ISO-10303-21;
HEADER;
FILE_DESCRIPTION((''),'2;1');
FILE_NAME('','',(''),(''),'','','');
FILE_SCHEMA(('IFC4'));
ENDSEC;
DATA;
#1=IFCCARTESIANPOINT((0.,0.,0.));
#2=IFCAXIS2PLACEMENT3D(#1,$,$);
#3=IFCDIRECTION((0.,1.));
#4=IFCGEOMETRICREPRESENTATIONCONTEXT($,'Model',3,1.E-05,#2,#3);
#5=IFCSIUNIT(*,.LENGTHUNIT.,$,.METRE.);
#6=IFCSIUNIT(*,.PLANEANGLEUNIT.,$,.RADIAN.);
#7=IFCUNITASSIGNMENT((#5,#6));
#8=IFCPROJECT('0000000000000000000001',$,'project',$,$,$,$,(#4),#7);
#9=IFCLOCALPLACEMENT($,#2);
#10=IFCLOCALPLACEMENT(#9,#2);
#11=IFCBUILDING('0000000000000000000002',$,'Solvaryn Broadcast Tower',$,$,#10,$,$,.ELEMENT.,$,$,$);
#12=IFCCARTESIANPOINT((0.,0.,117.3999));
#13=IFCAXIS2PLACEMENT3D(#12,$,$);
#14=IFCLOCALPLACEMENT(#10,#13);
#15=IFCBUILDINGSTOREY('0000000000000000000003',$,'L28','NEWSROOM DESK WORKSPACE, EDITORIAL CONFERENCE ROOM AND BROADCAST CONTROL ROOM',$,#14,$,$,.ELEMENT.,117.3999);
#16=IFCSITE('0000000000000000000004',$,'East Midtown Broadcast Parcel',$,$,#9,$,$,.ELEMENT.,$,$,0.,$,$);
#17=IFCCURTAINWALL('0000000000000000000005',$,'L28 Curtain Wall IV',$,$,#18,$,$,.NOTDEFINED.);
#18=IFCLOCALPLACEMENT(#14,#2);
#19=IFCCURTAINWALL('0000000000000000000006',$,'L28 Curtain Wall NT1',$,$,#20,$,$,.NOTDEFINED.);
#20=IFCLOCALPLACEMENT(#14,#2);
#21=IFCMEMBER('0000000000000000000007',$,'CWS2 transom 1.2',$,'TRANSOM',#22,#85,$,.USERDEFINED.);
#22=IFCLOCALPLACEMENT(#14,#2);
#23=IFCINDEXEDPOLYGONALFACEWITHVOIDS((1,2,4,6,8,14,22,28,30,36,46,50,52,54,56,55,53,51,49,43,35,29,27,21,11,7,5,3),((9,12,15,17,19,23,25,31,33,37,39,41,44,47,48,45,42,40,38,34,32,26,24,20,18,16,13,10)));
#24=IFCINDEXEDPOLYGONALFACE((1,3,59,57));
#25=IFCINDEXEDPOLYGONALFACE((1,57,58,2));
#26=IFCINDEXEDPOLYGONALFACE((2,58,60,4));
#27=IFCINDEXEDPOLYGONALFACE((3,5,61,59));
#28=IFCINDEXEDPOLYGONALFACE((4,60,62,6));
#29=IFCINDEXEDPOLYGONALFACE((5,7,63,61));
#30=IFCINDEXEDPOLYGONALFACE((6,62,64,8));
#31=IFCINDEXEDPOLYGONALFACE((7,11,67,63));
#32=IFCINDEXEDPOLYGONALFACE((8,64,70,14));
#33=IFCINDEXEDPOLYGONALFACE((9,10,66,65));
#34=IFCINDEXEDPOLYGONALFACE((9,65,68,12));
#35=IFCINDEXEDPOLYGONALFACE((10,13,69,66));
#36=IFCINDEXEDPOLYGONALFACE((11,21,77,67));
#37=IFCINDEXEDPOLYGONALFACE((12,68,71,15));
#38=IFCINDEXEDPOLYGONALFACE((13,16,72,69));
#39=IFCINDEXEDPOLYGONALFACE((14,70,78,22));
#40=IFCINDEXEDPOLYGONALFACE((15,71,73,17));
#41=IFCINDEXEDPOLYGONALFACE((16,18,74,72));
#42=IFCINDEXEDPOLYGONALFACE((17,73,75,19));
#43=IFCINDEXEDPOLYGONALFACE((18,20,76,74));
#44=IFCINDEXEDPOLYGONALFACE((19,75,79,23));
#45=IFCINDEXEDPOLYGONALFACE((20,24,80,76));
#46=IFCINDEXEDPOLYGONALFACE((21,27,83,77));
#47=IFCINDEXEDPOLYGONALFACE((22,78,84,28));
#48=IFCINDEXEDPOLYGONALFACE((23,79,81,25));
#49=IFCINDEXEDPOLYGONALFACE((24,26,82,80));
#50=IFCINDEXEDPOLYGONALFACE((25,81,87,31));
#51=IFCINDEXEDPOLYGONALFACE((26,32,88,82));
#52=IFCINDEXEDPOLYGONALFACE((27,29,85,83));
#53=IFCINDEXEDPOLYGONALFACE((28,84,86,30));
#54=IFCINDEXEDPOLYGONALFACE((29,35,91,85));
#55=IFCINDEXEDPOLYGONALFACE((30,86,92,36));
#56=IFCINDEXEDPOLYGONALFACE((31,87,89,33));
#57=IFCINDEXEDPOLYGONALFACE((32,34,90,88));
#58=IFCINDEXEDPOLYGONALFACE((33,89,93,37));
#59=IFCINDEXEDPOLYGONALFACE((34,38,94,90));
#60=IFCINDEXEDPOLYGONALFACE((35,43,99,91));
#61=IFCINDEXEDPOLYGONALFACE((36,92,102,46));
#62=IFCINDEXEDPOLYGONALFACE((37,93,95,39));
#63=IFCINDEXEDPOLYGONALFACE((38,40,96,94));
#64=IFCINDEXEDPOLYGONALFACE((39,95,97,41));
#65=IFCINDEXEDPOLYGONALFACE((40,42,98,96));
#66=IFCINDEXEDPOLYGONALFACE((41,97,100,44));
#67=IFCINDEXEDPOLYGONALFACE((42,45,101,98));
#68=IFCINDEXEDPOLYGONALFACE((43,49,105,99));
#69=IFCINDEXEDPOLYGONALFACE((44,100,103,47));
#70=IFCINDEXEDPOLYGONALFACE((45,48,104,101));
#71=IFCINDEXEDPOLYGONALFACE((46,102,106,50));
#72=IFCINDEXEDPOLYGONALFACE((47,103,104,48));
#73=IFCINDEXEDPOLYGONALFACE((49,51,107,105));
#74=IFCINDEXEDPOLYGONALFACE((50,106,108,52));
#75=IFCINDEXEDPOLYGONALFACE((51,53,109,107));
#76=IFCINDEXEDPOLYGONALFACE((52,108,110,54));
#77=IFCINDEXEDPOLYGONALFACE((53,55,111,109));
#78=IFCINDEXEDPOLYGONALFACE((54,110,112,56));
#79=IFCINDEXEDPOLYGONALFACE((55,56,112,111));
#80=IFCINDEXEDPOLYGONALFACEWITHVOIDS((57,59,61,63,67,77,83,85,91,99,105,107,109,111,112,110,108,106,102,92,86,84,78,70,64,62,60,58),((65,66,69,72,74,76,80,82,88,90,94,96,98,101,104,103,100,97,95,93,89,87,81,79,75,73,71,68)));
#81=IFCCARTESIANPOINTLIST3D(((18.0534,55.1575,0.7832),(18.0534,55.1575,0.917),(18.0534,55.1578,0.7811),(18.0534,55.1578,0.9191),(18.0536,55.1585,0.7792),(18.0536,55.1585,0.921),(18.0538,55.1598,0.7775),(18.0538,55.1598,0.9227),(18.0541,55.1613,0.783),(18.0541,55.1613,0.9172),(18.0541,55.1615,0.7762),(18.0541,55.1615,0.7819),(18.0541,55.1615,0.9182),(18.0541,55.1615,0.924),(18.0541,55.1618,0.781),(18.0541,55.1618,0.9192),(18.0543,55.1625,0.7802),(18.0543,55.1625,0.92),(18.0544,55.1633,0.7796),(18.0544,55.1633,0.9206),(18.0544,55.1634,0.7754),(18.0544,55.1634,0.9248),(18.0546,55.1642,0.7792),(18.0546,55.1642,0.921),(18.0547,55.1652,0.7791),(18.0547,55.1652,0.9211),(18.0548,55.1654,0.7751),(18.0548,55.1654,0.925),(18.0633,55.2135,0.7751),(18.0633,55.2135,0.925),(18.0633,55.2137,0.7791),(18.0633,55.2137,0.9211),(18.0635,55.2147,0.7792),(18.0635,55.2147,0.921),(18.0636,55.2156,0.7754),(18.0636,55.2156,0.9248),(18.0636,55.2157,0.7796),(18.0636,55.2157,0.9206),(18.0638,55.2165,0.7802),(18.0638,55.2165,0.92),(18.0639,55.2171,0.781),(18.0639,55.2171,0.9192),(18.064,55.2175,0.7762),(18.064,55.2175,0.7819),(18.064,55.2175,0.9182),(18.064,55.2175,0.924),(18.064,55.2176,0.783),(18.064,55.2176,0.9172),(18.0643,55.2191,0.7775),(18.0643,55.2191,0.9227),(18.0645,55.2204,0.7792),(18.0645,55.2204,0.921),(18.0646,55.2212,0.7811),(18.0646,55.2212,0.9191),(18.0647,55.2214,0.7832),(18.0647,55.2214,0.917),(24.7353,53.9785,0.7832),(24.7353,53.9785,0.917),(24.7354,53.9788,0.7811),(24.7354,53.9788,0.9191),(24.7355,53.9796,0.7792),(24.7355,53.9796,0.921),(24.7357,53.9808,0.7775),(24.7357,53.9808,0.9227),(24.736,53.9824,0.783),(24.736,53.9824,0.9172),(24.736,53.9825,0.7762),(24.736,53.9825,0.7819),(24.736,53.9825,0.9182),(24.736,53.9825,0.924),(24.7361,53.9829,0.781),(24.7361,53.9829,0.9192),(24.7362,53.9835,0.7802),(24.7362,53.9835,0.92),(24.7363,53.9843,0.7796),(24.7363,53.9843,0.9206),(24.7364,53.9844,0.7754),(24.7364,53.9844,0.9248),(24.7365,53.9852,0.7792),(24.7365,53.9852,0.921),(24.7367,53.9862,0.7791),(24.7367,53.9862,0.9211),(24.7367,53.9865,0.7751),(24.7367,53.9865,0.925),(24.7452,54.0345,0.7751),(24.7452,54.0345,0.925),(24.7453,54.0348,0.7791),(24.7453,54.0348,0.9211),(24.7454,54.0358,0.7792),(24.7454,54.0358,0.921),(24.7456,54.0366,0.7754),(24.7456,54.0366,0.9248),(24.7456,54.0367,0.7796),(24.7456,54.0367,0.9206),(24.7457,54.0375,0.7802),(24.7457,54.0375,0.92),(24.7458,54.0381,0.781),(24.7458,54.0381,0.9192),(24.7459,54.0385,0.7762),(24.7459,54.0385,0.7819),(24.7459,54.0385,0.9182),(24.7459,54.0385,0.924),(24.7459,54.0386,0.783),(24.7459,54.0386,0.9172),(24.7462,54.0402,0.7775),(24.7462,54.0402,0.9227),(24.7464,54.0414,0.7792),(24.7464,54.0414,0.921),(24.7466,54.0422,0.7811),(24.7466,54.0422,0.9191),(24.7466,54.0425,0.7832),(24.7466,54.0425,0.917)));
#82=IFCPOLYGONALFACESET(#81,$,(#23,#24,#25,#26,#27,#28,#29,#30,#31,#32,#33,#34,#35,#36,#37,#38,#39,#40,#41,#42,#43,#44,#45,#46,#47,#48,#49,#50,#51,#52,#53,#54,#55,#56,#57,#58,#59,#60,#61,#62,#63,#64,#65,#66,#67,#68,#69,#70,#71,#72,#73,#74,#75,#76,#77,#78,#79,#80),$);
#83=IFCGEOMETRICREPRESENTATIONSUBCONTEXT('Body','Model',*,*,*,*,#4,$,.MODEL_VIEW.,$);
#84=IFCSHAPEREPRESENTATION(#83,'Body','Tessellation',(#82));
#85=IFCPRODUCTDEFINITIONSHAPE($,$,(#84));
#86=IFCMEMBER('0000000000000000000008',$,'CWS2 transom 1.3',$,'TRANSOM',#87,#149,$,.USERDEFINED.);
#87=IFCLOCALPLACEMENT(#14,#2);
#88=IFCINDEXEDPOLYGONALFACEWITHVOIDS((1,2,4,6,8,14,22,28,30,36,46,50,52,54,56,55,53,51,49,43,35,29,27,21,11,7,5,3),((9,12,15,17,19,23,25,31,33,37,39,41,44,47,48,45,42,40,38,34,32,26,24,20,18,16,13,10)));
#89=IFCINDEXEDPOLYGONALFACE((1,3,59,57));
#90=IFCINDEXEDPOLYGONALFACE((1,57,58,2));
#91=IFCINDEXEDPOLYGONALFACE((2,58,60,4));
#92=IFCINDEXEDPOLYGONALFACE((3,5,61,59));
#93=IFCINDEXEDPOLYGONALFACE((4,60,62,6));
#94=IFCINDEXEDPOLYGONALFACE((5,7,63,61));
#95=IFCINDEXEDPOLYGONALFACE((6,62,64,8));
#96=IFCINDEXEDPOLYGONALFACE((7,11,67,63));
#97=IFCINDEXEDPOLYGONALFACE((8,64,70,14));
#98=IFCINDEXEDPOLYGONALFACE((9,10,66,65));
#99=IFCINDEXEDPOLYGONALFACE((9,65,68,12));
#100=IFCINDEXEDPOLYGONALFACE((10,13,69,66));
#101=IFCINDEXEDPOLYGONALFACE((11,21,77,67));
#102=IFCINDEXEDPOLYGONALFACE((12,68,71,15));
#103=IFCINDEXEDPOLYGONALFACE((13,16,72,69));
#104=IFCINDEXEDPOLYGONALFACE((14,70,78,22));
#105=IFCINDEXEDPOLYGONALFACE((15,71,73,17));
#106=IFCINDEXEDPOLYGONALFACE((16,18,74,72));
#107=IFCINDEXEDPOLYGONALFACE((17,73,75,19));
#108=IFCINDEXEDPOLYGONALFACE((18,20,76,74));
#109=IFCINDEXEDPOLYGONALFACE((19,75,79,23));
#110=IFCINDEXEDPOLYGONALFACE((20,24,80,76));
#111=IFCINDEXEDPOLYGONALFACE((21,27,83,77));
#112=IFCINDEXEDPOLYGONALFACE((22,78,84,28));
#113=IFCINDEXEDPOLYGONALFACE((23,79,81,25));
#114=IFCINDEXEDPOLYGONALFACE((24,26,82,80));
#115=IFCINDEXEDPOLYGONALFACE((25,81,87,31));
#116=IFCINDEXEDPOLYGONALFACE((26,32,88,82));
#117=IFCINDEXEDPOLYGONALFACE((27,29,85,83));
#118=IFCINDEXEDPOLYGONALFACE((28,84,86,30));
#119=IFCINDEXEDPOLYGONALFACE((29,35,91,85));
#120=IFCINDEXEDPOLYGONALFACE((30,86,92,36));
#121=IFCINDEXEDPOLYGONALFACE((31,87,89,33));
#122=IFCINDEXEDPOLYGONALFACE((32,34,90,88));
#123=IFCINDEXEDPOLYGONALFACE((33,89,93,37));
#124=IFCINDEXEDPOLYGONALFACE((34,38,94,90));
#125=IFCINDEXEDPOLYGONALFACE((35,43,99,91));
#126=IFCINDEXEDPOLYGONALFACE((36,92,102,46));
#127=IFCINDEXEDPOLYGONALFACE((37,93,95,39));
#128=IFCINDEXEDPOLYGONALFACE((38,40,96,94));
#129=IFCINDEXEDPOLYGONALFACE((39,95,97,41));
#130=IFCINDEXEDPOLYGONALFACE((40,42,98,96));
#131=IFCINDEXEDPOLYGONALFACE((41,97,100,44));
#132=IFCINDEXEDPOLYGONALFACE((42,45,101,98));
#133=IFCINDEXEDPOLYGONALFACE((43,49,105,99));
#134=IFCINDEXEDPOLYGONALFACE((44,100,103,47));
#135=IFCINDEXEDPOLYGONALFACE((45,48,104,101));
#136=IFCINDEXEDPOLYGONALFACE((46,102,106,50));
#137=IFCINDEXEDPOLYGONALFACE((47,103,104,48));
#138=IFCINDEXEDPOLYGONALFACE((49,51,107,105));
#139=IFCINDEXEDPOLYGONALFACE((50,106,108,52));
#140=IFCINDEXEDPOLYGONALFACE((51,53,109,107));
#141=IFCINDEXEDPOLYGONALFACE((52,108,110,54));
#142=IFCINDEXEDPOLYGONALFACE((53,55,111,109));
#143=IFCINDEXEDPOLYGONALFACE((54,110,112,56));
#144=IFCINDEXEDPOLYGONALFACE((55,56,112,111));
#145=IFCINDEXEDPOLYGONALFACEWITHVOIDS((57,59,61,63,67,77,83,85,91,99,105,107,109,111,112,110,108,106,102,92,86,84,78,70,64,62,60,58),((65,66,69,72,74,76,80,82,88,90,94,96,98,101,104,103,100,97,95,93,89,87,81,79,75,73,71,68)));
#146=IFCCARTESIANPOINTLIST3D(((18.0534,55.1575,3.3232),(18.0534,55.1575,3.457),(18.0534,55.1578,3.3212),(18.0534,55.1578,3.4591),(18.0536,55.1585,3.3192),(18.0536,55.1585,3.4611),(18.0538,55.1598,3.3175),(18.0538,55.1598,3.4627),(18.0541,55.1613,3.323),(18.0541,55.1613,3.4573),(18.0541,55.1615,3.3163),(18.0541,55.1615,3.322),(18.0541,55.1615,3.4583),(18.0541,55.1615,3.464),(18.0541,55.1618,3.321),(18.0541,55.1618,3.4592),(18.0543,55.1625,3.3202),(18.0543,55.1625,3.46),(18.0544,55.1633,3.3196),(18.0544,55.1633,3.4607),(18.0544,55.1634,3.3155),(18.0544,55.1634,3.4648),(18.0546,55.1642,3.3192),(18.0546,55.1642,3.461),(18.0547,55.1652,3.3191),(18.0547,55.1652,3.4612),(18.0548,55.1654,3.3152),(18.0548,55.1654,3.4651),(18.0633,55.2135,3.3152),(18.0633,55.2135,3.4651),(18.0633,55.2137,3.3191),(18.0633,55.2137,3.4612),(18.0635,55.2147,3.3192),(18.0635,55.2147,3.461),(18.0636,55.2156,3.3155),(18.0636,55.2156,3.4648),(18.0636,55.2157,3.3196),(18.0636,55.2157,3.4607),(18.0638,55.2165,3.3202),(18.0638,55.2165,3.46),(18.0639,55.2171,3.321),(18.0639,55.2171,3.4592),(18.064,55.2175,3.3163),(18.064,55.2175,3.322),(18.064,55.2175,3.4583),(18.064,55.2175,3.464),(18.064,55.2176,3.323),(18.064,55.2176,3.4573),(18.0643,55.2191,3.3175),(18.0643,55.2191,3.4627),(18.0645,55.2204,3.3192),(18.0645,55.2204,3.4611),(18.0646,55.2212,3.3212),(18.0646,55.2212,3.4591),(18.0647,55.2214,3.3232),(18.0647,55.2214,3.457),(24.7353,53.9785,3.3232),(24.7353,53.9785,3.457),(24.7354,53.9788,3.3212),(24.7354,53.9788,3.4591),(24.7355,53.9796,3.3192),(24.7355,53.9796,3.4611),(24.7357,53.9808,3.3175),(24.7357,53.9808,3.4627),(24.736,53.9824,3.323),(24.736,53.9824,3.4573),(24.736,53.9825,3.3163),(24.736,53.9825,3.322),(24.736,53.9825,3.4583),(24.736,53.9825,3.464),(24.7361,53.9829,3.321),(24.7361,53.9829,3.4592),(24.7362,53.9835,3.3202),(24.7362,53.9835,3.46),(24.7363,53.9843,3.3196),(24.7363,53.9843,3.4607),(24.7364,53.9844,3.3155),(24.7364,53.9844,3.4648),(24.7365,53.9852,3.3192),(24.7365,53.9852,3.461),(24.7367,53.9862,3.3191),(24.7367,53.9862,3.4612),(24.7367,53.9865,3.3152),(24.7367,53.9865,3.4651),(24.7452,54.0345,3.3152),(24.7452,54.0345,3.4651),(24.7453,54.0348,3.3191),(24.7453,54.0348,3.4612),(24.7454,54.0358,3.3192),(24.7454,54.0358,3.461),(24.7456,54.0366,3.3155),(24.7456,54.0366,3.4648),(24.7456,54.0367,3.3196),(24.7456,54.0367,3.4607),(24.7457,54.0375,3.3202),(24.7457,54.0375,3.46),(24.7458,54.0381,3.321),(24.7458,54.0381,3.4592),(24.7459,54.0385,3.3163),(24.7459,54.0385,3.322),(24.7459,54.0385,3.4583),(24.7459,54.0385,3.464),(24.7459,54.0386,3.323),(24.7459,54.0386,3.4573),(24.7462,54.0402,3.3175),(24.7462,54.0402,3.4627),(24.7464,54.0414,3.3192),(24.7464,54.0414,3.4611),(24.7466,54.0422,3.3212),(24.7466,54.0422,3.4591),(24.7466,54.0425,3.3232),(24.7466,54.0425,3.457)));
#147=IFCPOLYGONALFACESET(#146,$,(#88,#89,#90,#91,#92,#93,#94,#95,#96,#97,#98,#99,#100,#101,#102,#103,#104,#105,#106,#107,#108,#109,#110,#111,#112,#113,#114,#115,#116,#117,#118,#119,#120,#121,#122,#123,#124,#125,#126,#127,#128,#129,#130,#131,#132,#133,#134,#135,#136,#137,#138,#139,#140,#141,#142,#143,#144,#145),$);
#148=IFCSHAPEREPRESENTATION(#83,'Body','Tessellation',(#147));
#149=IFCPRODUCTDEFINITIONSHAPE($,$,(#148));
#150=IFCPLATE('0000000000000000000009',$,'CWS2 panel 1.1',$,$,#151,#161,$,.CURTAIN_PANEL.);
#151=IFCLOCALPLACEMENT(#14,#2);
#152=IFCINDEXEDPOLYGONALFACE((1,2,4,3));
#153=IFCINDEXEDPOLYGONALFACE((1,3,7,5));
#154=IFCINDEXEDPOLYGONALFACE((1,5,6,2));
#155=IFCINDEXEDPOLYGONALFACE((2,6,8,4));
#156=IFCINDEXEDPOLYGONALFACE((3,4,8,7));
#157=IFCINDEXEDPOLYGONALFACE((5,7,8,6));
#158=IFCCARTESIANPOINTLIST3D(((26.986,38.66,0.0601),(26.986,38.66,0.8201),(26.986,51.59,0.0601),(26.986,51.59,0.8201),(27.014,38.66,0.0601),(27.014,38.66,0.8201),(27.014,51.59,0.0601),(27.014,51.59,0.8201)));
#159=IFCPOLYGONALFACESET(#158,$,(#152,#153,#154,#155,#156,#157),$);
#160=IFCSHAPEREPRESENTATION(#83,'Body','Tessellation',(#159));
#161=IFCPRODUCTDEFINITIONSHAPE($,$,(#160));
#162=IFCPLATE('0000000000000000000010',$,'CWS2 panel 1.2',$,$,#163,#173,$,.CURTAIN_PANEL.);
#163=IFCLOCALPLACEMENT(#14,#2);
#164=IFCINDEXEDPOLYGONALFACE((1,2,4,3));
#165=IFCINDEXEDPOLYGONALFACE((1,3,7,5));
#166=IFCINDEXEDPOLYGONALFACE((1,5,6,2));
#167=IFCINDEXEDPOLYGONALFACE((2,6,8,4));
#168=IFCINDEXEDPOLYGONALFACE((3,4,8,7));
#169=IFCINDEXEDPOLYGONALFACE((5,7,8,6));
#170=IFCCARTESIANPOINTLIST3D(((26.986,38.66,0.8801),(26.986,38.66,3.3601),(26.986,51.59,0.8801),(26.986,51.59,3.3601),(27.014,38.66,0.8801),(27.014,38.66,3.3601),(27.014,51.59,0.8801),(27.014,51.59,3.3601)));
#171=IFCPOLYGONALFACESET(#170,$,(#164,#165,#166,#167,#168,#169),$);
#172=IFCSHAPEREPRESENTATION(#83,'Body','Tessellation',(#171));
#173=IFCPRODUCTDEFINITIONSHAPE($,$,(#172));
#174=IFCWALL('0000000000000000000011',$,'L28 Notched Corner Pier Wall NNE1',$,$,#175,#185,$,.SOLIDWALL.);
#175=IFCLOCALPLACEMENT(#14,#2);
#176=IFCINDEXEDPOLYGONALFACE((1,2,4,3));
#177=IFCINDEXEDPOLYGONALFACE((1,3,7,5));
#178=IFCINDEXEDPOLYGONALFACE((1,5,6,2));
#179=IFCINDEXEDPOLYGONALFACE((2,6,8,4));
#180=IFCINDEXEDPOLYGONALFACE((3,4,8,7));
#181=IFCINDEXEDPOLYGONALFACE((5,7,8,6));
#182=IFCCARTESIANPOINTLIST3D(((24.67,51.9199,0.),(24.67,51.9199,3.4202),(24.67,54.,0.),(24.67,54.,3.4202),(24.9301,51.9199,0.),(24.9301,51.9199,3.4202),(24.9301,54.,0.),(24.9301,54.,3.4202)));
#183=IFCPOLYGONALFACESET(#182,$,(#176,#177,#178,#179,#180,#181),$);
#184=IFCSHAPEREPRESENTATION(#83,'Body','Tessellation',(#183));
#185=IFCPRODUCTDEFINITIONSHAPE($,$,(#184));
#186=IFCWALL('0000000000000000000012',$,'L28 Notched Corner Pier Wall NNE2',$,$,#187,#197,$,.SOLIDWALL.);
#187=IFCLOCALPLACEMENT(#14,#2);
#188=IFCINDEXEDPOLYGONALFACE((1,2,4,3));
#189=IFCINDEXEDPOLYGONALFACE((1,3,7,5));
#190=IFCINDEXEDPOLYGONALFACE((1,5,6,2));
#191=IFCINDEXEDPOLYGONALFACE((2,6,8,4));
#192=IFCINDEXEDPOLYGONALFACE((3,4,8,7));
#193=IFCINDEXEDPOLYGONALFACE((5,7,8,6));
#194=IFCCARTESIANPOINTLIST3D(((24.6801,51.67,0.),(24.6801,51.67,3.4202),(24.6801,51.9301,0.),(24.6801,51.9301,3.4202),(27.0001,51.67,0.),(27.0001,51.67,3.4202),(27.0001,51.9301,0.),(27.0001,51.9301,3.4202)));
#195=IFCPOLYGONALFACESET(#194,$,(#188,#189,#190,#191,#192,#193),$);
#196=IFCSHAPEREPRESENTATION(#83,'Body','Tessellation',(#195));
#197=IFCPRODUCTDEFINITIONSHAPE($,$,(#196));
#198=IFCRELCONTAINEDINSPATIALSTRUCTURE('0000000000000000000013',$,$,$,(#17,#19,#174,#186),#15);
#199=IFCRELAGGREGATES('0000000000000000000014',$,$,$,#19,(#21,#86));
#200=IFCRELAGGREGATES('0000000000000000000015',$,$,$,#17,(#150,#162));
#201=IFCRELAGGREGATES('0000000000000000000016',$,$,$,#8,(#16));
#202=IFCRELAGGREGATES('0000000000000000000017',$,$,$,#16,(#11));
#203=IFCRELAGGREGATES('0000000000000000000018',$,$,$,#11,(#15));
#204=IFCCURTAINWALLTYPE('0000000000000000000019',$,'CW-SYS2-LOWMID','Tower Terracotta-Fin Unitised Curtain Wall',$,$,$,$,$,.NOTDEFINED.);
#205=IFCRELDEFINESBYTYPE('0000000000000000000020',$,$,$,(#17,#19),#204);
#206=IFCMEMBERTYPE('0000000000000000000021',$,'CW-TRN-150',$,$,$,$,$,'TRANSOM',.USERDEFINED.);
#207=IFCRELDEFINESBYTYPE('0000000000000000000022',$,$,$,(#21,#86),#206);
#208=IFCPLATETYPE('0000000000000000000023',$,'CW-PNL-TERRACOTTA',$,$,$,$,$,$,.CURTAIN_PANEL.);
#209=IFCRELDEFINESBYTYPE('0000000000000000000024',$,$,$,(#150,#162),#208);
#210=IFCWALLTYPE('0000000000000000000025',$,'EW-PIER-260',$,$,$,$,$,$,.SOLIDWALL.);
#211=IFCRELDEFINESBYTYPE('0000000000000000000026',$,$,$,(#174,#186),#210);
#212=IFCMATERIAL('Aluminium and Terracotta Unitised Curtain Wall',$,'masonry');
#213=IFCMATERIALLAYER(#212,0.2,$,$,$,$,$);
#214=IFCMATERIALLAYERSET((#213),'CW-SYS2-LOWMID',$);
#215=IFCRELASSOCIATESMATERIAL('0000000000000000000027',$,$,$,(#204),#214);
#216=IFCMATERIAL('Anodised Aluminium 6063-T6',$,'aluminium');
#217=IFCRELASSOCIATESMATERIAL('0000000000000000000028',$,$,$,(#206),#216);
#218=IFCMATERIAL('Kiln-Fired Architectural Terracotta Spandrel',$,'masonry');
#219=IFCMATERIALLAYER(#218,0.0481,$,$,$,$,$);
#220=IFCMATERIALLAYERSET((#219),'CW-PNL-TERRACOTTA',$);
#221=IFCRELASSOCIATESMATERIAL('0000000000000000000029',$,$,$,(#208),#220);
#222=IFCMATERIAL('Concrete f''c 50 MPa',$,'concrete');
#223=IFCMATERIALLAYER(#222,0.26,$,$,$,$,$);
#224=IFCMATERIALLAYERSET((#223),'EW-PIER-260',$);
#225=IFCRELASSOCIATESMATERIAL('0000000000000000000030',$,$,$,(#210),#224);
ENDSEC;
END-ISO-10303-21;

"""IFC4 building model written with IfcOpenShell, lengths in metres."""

from ifc_helpers import new_model, si_unit, direction, frame, frame_2d, origin, origin_2d, place, context, subcontext, project, spatial, rectangle, hollow_rectangle, extrude, material, layer, layer_set, material_profile, profile_set, type_object, element, aggregate, save


model = new_model("IFC4")

# Units and contexts
model_context = context("Model", 3, precision=1e-05, world=origin(), true_north=direction((0.0, 1.0)))
body_context = subcontext(model_context, "Body", "Model", "MODEL_VIEW")
ifc_project = project(units=[si_unit("LENGTHUNIT", "METRE"), si_unit("PLANEANGLEUNIT", "RADIAN")], contexts=[model_context])

# Site, building, storey
site_placement = place(None, origin())
site = spatial("IfcSite", under=ifc_project, at=site_placement, Name="East Midtown Broadcast Parcel", CompositionType="ELEMENT", RefElevation=0.0)
building_placement = place(site_placement, origin())
building = spatial("IfcBuilding", under=site, at=building_placement, Name="Solvaryn Broadcast Tower", CompositionType="ELEMENT")
storey_placement = place(building_placement, frame((0.0, 0.0, 117.3999)))
storey = spatial("IfcBuildingStorey", under=building, at=storey_placement, Name="L28", Description="NEWSROOM DESK WORKSPACE, EDITORIAL CONFERENCE ROOM AND BROADCAST CONTROL ROOM", CompositionType="ELEMENT", Elevation=117.3999)

# Curtain wall
ifc_material_1 = material(Name="Aluminium and Terracotta Unitised Curtain Wall", Category="masonry")
ifc_layer_1 = layer(ifc_material_1, 0.2)
ifc_layer_set_1 = layer_set([ifc_layer_1], Name="CW-SYS2-LOWMID")
curtain_wall_type = type_object("IfcCurtainWallType", Name="CW-SYS2-LOWMID", Description="Tower Terracotta-Fin Unitised Curtain Wall", PredefinedType="NOTDEFINED", material=ifc_layer_set_1)
curtain_wall_1_placement = place(storey_placement, origin())
curtain_wall_1 = element("IfcCurtainWall", 1, at=curtain_wall_1_placement, inside=storey, type_object=curtain_wall_type, Name="L28 Curtain Wall IV", PredefinedType="NOTDEFINED")

# Curtain wall
curtain_wall_2_placement = place(storey_placement, origin())
curtain_wall_2 = element("IfcCurtainWall", 2, at=curtain_wall_2_placement, inside=storey, type_object=curtain_wall_type, Name="L28 Curtain Wall NT1", PredefinedType="NOTDEFINED")

# Members
ifc_material_2 = material(Name="Anodised Aluminium 6063-T6", Category="aluminium")
ifc_material_profile_1 = material_profile(ifc_material_2, hollow_rectangle(XDim=0.0649, YDim=0.1499, WallThickness=0.0039, InnerFilletRadius=0.0039, OuterFilletRadius=0.0081, at=origin_2d()))
ifc_profile_set_1 = profile_set([ifc_material_profile_1], Name="Anodised Aluminium 6063-T6")
member_type_1 = type_object("IfcMemberType", Name="CW-TRN-150", ElementType="TRANSOM", PredefinedType="USERDEFINED", material=ifc_profile_set_1)
member_1_placement = place(storey_placement, frame((24.741, 54.0105, 0.8501), z_axis=(-0.984789, 0.173757, 0.0), x_axis=(-0.173757, -0.984789, 0.0)))
member_1 = element("IfcMember", 3, at=member_1_placement, type_object=member_type_1, Name="CWS2 transom 1.2", ObjectType="TRANSOM", PredefinedType="USERDEFINED", context=body_context, shape_type="SweptSolid", body=[
    extrude(hollow_rectangle(XDim=0.0649, YDim=0.1499, WallThickness=0.0039, InnerFilletRadius=0.0039, OuterFilletRadius=0.0081, at=origin_2d()), origin(), (0.0, 0.0, 1.0), 6.7852),
])
member_2_placement = place(storey_placement, frame((24.741, 54.0105, 3.3901), z_axis=(-0.984789, 0.173757, 0.0), x_axis=(-0.173757, -0.984789, 0.0)))
member_2 = element("IfcMember", 4, at=member_2_placement, type_object=member_type_1, Name="CWS2 transom 1.3", ObjectType="TRANSOM", PredefinedType="USERDEFINED", context=body_context, shape_type="SweptSolid", body=[
    extrude(hollow_rectangle(XDim=0.0649, YDim=0.1499, WallThickness=0.0039, InnerFilletRadius=0.0039, OuterFilletRadius=0.0081, at=origin_2d()), origin(), (0.0, 0.0, 1.0), 6.7852),
])
aggregate(curtain_wall_2, [member_1, member_2])

# Plates
ifc_material_3 = material(Name="Kiln-Fired Architectural Terracotta Spandrel", Category="masonry")
ifc_layer_2 = layer(ifc_material_3, 0.0481)
ifc_layer_set_2 = layer_set([ifc_layer_2], Name="CW-PNL-TERRACOTTA")
plate_type = type_object("IfcPlateType", Name="CW-PNL-TERRACOTTA", PredefinedType="CURTAIN_PANEL", material=ifc_layer_set_2)
plate_1_placement = place(storey_placement, frame((27.0, 45.125, 0.0601), z_axis=(0.0, 0.0, 1.0), x_axis=(0.0, -1.0, 0.0)))
plate_1 = element("IfcPlate", 5, at=plate_1_placement, type_object=plate_type, Name="CWS2 panel 1.1", PredefinedType="CURTAIN_PANEL", context=body_context, shape_type="SweptSolid", body=[
    extrude(rectangle(XDim=12.9299, YDim=0.0281, at=origin_2d()), origin(), (0.0, 0.0, 1.0), 0.76),
])
plate_2_placement = place(storey_placement, frame((27.0, 45.125, 0.8801), z_axis=(0.0, 0.0, 1.0), x_axis=(0.0, -1.0, 0.0)))
plate_2 = element("IfcPlate", 6, at=plate_2_placement, type_object=plate_type, Name="CWS2 panel 1.2", PredefinedType="CURTAIN_PANEL", context=body_context, shape_type="SweptSolid", body=[
    extrude(rectangle(XDim=12.9299, YDim=0.0281, at=origin_2d()), origin(), (0.0, 0.0, 1.0), 2.48),
])
aggregate(curtain_wall_1, [plate_1, plate_2])

# Walls
ifc_material_4 = material(Name="Concrete f'c 50 MPa", Category="concrete")
ifc_layer_3 = layer(ifc_material_4, 0.26)
ifc_layer_set_3 = layer_set([ifc_layer_3], Name="EW-PIER-260")
wall_type_1 = type_object("IfcWallType", Name="EW-PIER-260", PredefinedType="SOLIDWALL", material=ifc_layer_set_3)
wall_1_placement = place(storey_placement, frame((24.8, 54.0, 0.0), z_axis=(0.0, 0.0, 1.0), x_axis=(0.0, -1.0, 0.0)))
element("IfcWall", 7, at=wall_1_placement, inside=storey, type_object=wall_type_1, Name="L28 Notched Corner Pier Wall NNE1", PredefinedType="SOLIDWALL", context=body_context, shape_type="SweptSolid", body=[
    extrude(rectangle(XDim=2.0801, YDim=0.26, at=frame_2d((1.04, 0.0))), origin(), (0.0, 0.0, 1.0), 3.4202),
])
wall_2_placement = place(storey_placement, frame((24.6799, 51.8, 0.0), z_axis=(0.0, 0.0, 1.0), x_axis=(1.0, 0.0, 0.0)))
element("IfcWall", 8, at=wall_2_placement, inside=storey, type_object=wall_type_1, Name="L28 Notched Corner Pier Wall NNE2", PredefinedType="SOLIDWALL", context=body_context, shape_type="SweptSolid", body=[
    extrude(rectangle(XDim=2.3201, YDim=0.26, at=frame_2d((1.1602, 0.0))), origin(), (0.0, 0.0, 1.0), 3.4202),
])

save(model, "model.ifc")
